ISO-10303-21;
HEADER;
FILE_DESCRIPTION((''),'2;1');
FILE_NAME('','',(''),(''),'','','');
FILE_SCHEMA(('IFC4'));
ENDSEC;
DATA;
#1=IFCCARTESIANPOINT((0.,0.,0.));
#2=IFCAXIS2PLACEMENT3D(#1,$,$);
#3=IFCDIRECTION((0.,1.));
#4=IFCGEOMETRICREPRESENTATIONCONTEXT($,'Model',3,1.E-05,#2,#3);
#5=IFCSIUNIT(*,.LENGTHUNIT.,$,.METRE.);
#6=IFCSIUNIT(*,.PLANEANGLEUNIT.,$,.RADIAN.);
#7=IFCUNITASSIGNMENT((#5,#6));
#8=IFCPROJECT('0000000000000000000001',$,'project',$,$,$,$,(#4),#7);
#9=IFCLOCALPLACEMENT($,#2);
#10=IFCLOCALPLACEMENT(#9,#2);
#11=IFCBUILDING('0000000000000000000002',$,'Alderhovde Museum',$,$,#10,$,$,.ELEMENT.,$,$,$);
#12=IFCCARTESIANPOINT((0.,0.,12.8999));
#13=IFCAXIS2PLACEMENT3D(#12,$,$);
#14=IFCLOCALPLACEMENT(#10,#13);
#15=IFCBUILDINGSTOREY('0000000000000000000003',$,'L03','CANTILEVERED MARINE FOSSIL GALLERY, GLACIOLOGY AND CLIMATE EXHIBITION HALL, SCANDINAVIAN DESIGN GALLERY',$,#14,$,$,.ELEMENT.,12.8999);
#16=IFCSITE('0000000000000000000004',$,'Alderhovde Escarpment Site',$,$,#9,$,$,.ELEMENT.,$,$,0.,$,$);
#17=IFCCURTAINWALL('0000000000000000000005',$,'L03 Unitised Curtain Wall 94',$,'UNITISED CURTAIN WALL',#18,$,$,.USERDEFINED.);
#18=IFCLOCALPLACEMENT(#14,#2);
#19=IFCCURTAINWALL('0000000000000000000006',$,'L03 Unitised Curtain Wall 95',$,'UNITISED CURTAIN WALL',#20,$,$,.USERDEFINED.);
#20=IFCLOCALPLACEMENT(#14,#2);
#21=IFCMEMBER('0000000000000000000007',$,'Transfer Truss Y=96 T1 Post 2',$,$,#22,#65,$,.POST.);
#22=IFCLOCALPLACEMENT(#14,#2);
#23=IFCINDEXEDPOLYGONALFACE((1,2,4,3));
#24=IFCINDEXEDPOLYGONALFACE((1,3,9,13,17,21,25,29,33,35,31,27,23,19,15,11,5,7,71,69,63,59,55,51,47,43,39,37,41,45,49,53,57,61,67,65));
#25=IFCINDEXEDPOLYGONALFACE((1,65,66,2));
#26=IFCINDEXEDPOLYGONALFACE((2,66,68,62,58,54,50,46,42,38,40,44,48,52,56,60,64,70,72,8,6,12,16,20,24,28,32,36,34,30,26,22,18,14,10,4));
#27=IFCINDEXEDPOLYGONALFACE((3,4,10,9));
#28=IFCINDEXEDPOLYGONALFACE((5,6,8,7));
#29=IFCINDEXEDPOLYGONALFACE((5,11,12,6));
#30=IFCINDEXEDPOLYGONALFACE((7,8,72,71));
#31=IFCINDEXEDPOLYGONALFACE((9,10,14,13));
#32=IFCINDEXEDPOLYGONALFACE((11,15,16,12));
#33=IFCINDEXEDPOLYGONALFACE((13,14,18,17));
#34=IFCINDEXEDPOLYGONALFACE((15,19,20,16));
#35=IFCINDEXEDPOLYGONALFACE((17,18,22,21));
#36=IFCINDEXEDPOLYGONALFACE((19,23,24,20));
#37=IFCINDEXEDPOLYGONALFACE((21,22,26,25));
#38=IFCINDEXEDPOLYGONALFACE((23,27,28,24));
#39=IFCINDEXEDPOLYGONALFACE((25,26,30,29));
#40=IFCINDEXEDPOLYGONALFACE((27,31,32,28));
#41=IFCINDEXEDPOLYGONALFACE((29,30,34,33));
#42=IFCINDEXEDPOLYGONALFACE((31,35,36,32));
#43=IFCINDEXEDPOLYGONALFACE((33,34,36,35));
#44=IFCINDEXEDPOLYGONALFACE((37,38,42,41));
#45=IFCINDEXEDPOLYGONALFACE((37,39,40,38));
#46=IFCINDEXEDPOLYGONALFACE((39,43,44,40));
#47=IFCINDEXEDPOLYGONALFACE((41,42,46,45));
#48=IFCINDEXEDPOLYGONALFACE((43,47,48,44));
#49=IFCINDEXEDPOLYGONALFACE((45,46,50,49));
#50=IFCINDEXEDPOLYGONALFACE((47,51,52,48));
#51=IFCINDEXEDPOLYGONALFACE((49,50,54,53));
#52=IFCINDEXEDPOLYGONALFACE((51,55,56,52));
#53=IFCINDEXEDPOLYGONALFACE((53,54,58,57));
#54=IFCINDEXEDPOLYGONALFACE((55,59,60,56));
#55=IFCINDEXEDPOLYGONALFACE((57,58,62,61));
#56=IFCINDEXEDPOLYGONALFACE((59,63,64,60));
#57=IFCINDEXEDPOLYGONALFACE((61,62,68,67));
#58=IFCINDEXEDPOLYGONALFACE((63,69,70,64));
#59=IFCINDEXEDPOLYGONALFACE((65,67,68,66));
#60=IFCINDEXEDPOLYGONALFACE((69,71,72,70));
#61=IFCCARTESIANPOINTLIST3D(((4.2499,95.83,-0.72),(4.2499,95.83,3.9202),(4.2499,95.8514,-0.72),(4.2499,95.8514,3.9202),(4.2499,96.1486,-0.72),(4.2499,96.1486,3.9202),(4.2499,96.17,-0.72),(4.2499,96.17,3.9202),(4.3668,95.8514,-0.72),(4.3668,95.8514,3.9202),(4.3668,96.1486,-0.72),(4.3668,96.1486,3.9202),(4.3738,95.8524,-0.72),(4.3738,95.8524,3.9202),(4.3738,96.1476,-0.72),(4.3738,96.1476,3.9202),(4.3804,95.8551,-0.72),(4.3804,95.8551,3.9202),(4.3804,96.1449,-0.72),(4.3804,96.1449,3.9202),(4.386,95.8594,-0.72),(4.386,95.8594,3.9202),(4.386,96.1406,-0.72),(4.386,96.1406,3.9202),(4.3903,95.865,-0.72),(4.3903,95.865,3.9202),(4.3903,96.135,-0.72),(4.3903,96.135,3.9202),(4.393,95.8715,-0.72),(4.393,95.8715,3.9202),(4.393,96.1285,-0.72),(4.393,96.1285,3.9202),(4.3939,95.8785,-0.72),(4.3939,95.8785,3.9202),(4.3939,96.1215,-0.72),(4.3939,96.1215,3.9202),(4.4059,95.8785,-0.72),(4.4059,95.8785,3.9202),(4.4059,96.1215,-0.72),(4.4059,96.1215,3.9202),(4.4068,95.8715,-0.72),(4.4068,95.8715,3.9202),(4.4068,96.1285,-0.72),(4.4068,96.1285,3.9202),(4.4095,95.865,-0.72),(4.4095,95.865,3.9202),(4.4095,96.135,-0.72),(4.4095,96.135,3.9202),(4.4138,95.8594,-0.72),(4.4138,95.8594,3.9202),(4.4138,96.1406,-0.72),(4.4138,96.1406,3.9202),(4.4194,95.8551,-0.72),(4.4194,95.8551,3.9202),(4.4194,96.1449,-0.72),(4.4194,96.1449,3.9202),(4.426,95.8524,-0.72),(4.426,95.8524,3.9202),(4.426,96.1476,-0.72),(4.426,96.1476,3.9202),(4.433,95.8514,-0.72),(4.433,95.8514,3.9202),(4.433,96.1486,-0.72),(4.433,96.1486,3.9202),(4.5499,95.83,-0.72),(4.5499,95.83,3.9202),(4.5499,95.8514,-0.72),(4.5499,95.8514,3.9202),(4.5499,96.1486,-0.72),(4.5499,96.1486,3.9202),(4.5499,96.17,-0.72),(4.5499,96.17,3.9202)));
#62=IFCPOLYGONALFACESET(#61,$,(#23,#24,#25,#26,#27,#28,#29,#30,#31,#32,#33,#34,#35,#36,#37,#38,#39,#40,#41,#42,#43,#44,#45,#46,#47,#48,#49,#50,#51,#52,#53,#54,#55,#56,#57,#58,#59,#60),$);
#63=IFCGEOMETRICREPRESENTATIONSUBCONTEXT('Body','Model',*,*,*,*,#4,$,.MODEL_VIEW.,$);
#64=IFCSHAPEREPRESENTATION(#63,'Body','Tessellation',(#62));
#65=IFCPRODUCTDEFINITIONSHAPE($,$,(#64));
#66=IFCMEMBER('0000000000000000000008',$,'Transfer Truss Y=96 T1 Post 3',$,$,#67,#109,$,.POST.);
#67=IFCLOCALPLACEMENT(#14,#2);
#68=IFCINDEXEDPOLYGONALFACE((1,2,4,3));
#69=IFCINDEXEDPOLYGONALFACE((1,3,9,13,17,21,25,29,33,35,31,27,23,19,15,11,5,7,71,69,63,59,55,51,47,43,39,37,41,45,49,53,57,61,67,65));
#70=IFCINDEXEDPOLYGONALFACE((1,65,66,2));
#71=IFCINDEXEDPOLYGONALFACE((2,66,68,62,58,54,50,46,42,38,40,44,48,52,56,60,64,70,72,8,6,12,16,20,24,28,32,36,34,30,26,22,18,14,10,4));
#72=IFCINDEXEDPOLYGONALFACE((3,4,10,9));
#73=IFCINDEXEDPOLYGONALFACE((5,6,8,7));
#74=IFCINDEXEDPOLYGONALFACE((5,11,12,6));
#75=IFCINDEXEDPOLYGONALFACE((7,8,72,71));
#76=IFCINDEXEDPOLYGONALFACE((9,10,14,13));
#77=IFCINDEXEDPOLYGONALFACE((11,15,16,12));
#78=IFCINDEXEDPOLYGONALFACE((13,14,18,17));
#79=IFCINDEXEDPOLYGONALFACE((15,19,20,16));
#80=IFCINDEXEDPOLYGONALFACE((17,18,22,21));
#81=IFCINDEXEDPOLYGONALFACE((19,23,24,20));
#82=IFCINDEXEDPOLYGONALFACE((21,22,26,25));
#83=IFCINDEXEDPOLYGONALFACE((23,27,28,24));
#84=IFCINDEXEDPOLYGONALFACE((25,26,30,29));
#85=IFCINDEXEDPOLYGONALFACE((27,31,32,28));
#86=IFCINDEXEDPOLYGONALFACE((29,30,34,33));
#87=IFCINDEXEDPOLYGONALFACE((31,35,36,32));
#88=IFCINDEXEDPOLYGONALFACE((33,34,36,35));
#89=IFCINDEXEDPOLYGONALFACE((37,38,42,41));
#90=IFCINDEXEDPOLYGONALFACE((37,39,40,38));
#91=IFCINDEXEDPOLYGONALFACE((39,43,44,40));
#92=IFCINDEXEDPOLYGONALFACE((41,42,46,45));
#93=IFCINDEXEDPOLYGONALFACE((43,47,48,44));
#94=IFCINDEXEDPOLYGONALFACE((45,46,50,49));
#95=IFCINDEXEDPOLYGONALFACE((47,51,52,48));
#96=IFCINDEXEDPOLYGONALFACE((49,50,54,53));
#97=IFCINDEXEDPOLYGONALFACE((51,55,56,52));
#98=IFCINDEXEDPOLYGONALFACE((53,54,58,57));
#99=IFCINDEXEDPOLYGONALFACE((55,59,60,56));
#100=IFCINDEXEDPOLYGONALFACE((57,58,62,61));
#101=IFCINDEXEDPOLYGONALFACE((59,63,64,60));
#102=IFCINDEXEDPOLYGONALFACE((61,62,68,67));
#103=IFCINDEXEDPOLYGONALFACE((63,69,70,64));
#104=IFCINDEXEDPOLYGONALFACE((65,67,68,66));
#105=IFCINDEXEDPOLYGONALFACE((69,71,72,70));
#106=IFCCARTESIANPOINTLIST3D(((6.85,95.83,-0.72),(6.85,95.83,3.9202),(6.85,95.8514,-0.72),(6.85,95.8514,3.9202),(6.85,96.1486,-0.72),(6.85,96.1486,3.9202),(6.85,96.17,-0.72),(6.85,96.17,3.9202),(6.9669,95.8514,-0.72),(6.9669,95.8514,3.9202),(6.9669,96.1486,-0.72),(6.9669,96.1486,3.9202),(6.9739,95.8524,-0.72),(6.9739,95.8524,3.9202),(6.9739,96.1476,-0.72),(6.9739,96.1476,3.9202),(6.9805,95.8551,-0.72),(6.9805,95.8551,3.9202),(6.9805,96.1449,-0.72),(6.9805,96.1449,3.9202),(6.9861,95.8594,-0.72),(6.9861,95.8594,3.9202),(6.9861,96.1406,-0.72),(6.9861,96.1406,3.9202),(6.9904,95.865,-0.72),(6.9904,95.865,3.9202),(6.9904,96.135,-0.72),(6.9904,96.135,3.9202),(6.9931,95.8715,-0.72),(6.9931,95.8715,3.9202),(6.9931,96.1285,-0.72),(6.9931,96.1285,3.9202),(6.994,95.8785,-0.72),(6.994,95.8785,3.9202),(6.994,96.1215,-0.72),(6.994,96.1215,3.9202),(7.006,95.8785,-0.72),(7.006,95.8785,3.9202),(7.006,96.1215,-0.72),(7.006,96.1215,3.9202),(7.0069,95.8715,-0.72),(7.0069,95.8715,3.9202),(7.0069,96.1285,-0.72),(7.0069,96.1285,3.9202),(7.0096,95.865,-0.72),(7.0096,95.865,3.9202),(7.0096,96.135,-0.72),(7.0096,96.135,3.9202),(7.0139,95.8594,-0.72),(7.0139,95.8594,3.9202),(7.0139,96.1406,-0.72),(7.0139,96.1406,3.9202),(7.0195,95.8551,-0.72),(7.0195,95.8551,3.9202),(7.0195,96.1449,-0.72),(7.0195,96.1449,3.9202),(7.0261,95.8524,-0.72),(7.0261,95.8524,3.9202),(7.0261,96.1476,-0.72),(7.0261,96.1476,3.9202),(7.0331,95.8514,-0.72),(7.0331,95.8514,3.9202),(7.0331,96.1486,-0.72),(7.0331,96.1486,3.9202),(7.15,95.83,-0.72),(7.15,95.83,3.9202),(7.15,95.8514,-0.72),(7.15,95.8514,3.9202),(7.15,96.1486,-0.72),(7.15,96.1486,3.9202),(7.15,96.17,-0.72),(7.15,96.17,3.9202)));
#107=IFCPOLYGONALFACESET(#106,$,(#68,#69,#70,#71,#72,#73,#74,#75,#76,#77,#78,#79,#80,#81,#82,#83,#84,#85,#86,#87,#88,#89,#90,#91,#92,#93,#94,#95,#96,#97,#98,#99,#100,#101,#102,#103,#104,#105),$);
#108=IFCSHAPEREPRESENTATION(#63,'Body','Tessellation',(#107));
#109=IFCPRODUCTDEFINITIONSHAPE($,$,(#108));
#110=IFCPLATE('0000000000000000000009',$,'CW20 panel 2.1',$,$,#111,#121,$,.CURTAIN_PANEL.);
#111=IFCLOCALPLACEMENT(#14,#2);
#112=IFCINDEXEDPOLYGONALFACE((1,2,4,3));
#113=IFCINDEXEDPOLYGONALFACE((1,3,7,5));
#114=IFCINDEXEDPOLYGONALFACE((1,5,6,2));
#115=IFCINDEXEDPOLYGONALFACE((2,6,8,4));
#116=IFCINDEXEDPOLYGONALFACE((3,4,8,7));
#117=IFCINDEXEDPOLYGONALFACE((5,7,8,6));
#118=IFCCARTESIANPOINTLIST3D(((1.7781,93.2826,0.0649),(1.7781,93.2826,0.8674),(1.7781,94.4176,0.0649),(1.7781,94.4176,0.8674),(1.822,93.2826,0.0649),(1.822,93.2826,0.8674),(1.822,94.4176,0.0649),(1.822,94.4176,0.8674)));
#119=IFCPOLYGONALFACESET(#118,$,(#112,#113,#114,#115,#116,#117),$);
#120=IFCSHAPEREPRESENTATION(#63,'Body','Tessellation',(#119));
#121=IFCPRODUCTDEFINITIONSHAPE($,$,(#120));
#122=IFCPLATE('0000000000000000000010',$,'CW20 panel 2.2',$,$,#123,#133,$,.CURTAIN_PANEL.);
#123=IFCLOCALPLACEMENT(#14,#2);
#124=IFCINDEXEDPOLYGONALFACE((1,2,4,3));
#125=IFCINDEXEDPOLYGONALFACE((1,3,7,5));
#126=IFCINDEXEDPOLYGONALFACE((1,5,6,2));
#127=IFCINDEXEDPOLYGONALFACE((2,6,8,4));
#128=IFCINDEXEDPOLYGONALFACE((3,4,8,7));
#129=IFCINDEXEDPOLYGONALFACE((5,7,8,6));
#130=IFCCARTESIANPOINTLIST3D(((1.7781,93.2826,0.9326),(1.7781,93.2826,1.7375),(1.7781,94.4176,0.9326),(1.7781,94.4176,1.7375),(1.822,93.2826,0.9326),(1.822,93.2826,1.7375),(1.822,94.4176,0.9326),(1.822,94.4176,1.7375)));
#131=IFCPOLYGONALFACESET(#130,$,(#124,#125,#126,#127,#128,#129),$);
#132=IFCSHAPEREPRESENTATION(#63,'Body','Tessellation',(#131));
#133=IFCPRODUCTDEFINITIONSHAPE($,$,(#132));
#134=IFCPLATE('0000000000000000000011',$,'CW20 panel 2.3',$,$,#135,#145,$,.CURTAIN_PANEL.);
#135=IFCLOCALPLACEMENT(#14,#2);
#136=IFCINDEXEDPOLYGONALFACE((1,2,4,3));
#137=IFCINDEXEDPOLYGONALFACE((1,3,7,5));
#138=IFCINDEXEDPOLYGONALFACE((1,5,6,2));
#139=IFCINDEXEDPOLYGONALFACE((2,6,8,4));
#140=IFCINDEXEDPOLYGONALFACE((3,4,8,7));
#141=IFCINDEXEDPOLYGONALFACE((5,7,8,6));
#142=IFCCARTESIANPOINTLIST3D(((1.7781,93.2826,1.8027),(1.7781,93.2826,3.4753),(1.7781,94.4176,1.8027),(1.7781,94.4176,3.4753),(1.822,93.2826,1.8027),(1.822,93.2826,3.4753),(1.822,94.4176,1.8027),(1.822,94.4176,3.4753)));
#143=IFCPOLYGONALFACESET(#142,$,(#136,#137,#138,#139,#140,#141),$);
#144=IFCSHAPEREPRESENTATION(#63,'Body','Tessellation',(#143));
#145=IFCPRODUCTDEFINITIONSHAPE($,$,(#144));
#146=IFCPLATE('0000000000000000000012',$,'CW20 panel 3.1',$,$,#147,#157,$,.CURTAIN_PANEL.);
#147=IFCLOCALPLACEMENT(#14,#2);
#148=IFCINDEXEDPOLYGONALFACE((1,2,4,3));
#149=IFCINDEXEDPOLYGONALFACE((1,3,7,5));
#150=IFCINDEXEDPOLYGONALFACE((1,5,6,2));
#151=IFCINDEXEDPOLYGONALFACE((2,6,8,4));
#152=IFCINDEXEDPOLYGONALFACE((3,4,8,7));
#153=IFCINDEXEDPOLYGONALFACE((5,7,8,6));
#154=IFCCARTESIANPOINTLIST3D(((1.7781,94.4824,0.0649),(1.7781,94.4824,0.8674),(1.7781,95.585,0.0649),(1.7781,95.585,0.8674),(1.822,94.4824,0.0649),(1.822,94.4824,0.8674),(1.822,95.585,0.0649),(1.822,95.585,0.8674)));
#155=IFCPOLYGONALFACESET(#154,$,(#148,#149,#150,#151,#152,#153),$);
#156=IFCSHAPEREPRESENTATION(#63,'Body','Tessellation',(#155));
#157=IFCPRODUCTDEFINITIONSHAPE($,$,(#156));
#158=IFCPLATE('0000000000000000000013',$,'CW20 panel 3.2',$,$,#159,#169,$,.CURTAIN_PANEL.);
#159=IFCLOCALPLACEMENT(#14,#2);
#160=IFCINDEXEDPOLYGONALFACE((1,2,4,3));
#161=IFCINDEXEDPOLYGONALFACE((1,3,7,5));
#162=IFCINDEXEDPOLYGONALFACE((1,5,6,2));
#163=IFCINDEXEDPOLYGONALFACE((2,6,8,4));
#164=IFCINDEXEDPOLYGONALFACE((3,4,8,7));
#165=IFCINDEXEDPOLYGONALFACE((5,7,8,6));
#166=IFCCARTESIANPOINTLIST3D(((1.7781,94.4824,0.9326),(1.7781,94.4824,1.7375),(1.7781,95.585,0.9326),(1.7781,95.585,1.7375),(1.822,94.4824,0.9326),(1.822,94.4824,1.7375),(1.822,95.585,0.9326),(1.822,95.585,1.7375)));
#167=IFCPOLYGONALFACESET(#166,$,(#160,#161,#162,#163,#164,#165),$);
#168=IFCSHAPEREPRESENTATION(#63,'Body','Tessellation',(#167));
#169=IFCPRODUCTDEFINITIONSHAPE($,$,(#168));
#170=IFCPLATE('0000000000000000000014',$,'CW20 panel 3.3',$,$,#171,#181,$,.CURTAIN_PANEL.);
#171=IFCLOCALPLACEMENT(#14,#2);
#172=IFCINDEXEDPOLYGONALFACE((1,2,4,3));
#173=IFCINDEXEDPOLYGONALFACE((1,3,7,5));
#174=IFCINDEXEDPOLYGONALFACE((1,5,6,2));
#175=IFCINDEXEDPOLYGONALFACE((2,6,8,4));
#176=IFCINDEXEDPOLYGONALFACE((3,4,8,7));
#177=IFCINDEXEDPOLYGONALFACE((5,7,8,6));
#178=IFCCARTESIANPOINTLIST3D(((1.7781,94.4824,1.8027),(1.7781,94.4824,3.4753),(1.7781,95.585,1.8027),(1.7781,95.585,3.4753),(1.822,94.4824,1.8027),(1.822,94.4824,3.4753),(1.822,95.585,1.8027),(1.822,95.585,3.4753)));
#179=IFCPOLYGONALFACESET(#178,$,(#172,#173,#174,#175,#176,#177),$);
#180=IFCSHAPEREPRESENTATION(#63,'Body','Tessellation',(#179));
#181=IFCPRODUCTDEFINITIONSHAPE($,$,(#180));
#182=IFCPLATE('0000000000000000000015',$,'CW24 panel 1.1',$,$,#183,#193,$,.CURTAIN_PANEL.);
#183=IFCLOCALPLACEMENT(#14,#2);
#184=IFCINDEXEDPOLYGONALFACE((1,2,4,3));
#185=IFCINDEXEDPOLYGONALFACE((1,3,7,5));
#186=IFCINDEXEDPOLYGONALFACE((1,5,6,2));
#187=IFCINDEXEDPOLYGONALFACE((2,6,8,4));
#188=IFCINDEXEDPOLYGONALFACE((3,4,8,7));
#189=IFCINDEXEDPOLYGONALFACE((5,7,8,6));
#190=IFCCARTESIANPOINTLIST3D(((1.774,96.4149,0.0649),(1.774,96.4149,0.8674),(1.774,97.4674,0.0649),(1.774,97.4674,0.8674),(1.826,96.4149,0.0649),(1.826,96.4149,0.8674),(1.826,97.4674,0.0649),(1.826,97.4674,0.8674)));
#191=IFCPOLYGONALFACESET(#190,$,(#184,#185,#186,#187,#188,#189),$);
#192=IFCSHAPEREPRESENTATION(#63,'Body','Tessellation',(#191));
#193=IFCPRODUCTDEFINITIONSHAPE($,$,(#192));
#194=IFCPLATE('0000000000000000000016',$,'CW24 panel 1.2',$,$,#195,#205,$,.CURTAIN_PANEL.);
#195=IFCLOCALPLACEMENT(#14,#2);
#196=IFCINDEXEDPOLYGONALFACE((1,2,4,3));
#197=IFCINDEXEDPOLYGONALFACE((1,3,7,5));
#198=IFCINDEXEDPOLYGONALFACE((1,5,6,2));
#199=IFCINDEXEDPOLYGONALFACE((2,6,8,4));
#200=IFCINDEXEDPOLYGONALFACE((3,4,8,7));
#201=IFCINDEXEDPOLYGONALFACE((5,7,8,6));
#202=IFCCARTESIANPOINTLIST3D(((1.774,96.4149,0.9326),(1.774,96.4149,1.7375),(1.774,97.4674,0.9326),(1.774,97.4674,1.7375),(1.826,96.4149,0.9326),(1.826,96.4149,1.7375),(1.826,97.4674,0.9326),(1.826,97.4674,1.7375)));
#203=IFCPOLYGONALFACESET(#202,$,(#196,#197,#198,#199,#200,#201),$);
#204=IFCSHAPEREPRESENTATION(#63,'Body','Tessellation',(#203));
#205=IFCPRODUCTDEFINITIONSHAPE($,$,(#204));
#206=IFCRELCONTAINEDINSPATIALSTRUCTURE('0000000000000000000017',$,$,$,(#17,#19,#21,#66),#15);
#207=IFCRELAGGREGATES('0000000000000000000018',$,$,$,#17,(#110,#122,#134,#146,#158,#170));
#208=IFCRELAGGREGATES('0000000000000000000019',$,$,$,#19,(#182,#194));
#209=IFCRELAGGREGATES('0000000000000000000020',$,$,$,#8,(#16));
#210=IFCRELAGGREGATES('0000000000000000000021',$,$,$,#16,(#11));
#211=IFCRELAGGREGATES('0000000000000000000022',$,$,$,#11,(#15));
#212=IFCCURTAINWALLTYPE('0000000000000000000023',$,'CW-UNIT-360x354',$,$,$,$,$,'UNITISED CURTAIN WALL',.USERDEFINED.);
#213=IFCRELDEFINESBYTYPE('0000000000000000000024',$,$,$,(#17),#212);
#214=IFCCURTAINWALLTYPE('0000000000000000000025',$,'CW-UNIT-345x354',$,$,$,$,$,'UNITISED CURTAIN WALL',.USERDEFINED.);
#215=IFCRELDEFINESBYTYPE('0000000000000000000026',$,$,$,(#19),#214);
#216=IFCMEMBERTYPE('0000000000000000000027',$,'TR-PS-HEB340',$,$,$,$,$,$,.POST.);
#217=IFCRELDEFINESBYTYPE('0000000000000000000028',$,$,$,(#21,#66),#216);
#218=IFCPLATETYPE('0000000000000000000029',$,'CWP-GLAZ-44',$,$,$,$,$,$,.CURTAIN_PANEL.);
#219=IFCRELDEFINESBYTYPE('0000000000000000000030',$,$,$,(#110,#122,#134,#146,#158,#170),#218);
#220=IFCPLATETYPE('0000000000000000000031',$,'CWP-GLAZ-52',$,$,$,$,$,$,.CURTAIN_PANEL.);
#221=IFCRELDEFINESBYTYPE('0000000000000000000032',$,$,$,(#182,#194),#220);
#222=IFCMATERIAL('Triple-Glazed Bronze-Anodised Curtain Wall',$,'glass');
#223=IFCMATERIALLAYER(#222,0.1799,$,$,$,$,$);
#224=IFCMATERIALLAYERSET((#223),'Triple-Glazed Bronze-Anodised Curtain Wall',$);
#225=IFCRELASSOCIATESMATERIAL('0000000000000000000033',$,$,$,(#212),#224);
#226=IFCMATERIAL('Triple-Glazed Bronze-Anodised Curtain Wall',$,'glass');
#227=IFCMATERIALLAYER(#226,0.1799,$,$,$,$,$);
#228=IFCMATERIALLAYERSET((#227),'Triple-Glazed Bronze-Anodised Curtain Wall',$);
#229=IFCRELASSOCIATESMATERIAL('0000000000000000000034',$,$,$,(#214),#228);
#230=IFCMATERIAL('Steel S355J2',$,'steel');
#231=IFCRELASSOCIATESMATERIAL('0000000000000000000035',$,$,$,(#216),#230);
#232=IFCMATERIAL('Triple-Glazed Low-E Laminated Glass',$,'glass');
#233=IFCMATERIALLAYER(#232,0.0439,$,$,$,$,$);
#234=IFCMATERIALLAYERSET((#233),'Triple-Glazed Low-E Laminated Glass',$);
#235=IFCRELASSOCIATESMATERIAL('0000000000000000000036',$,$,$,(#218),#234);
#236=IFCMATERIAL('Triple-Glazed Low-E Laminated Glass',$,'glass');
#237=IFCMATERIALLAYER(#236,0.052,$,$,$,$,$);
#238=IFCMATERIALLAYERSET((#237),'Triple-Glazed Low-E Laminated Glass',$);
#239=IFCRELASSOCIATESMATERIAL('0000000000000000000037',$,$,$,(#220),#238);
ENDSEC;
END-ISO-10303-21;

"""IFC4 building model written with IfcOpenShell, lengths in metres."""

from ifc_helpers import new_model, si_unit, direction, frame, origin, origin_2d, place, context, subcontext, project, spatial, rectangle, i_section, extrude, material, layer, layer_set, material_profile, profile_set, type_object, element, aggregate, save


model = new_model("IFC4")

# Units and contexts
model_context = context("Model", 3, precision=1e-05, world=origin(), true_north=direction((0.0, 1.0)))
body_context = subcontext(model_context, "Body", "Model", "MODEL_VIEW")
ifc_project = project(units=[si_unit("LENGTHUNIT", "METRE"), si_unit("PLANEANGLEUNIT", "RADIAN")], contexts=[model_context])

# Site, building, storey
site_placement = place(None, origin())
site = spatial("IfcSite", under=ifc_project, at=site_placement, Name="Alderhovde Escarpment Site", CompositionType="ELEMENT", RefElevation=0.0)
building_placement = place(site_placement, origin())
building = spatial("IfcBuilding", under=site, at=building_placement, Name="Alderhovde Museum", CompositionType="ELEMENT")
storey_placement = place(building_placement, frame((0.0, 0.0, 12.8999)))
storey = spatial("IfcBuildingStorey", under=building, at=storey_placement, Name="L03", Description="CANTILEVERED MARINE FOSSIL GALLERY, GLACIOLOGY AND CLIMATE EXHIBITION HALL, SCANDINAVIAN DESIGN GALLERY", CompositionType="ELEMENT", Elevation=12.8999)

# Curtain wall
ifc_material_1 = material(Name="Triple-Glazed Bronze-Anodised Curtain Wall", Category="glass")
ifc_layer_1 = layer(ifc_material_1, 0.1799)
ifc_layer_set_1 = layer_set([ifc_layer_1], Name="Triple-Glazed Bronze-Anodised Curtain Wall")
curtain_wall_type_1 = type_object("IfcCurtainWallType", Name="CW-UNIT-360x354", ElementType="UNITISED CURTAIN WALL", PredefinedType="USERDEFINED", material=ifc_layer_set_1)
curtain_wall_1_placement = place(storey_placement, origin())
curtain_wall_1 = element("IfcCurtainWall", 1, at=curtain_wall_1_placement, inside=storey, type_object=curtain_wall_type_1, Name="L03 Unitised Curtain Wall 94", ObjectType="UNITISED CURTAIN WALL", PredefinedType="USERDEFINED")

# Curtain wall
ifc_material_2 = material(Name="Triple-Glazed Bronze-Anodised Curtain Wall", Category="glass")
ifc_layer_2 = layer(ifc_material_2, 0.1799)
ifc_layer_set_2 = layer_set([ifc_layer_2], Name="Triple-Glazed Bronze-Anodised Curtain Wall")
curtain_wall_type_2 = type_object("IfcCurtainWallType", Name="CW-UNIT-345x354", ElementType="UNITISED CURTAIN WALL", PredefinedType="USERDEFINED", material=ifc_layer_set_2)
curtain_wall_2_placement = place(storey_placement, origin())
curtain_wall_2 = element("IfcCurtainWall", 2, at=curtain_wall_2_placement, inside=storey, type_object=curtain_wall_type_2, Name="L03 Unitised Curtain Wall 95", ObjectType="UNITISED CURTAIN WALL", PredefinedType="USERDEFINED")

# Members
ifc_material_3 = material(Name="Steel S355J2", Category="steel")
ifc_material_profile_1 = material_profile(ifc_material_3, i_section(OverallWidth=0.3, OverallDepth=0.3401, WebThickness=0.012, FlangeThickness=0.0215, FilletRadius=0.0271, at=origin_2d()), Name="HEB 340")
ifc_profile_set_1 = profile_set([ifc_material_profile_1], Name="Steel S355J2")
member_type_1 = type_object("IfcMemberType", Name="TR-PS-HEB340", PredefinedType="POST", material=ifc_profile_set_1)
for number, where, z_axis, x_axis, name in (
    (3, (4.3999, 96.0, -0.72), (0.0, 0.0, 1.0), (1.0, 0.0, 0.0), "Transfer Truss Y=96 T1 Post 2"),
    (4, (7.0, 96.0, -0.72), (0.0, 0.0, 1.0), (1.0, 0.0, 0.0), "Transfer Truss Y=96 T1 Post 3"),
):
    element("IfcMember", number, at=place(storey_placement, frame(where, z_axis=z_axis, x_axis=x_axis)), inside=storey, type_object=member_type_1, Name=name, PredefinedType="POST", context=body_context, shape_type="SweptSolid", body=[
        extrude(i_section(OverallWidth=0.3, OverallDepth=0.3401, WebThickness=0.012, FlangeThickness=0.0215, FilletRadius=0.0271, at=origin_2d()), origin(), (0.0, 0.0, 1.0), 4.6401),
    ])

# Plates
ifc_material_4 = material(Name="Triple-Glazed Low-E Laminated Glass", Category="glass")
ifc_layer_3 = layer(ifc_material_4, 0.0439)
ifc_layer_set_3 = layer_set([ifc_layer_3], Name="Triple-Glazed Low-E Laminated Glass")
plate_type_1 = type_object("IfcPlateType", Name="CWP-GLAZ-44", PredefinedType="CURTAIN_PANEL", material=ifc_layer_set_3)
plate_1_placement = place(storey_placement, frame((1.8, 93.8501, 0.0649), z_axis=(0.0, 0.0, 1.0), x_axis=(0.0, 1.0, 0.0)))
plate_1 = element("IfcPlate", 5, at=plate_1_placement, type_object=plate_type_1, Name="CW20 panel 2.1", PredefinedType="CURTAIN_PANEL", context=body_context, shape_type="SweptSolid", body=[
    extrude(rectangle(XDim=1.135, YDim=0.0439, at=origin_2d()), origin(), (0.0, 0.0, 1.0), 0.8025),
])
plate_2_placement = place(storey_placement, frame((1.8, 93.8501, 0.9326), z_axis=(0.0, 0.0, 1.0), x_axis=(0.0, 1.0, 0.0)))
plate_2 = element("IfcPlate", 6, at=plate_2_placement, type_object=plate_type_1, Name="CW20 panel 2.2", PredefinedType="CURTAIN_PANEL", context=body_context, shape_type="SweptSolid", body=[
    extrude(rectangle(XDim=1.135, YDim=0.0439, at=origin_2d()), origin(), (0.0, 0.0, 1.0), 0.8049),
])
plate_3_placement = place(storey_placement, frame((1.8, 93.8501, 1.8027), z_axis=(0.0, 0.0, 1.0), x_axis=(0.0, 1.0, 0.0)))
plate_3 = element("IfcPlate", 7, at=plate_3_placement, type_object=plate_type_1, Name="CW20 panel 2.3", PredefinedType="CURTAIN_PANEL", context=body_context, shape_type="SweptSolid", body=[
    extrude(rectangle(XDim=1.135, YDim=0.0439, at=origin_2d()), origin(), (0.0, 0.0, 1.0), 1.6726),
])
plate_4_placement = place(storey_placement, frame((1.8, 95.0337, 0.0649), z_axis=(0.0, 0.0, 1.0), x_axis=(0.0, 1.0, 0.0)))
plate_4 = element("IfcPlate", 8, at=plate_4_placement, type_object=plate_type_1, Name="CW20 panel 3.1", PredefinedType="CURTAIN_PANEL", context=body_context, shape_type="SweptSolid", body=[
    extrude(rectangle(XDim=1.1025, YDim=0.0439, at=origin_2d()), origin(), (0.0, 0.0, 1.0), 0.8025),
])
plate_5_placement = place(storey_placement, frame((1.8, 95.0337, 0.9326), z_axis=(0.0, 0.0, 1.0), x_axis=(0.0, 1.0, 0.0)))
plate_5 = element("IfcPlate", 9, at=plate_5_placement, type_object=plate_type_1, Name="CW20 panel 3.2", PredefinedType="CURTAIN_PANEL", context=body_context, shape_type="SweptSolid", body=[
    extrude(rectangle(XDim=1.1025, YDim=0.0439, at=origin_2d()), origin(), (0.0, 0.0, 1.0), 0.8049),
])
plate_6_placement = place(storey_placement, frame((1.8, 95.0337, 1.8027), z_axis=(0.0, 0.0, 1.0), x_axis=(0.0, 1.0, 0.0)))
plate_6 = element("IfcPlate", 10, at=plate_6_placement, type_object=plate_type_1, Name="CW20 panel 3.3", PredefinedType="CURTAIN_PANEL", context=body_context, shape_type="SweptSolid", body=[
    extrude(rectangle(XDim=1.1025, YDim=0.0439, at=origin_2d()), origin(), (0.0, 0.0, 1.0), 1.6726),
])
aggregate(curtain_wall_1, [plate_1, plate_2, plate_3, plate_4, plate_5, plate_6])
ifc_material_5 = material(Name="Triple-Glazed Low-E Laminated Glass", Category="glass")
ifc_layer_4 = layer(ifc_material_5, 0.052)
ifc_layer_set_4 = layer_set([ifc_layer_4], Name="Triple-Glazed Low-E Laminated Glass")
plate_type_2 = type_object("IfcPlateType", Name="CWP-GLAZ-52", PredefinedType="CURTAIN_PANEL", material=ifc_layer_set_4)
plate_7_placement = place(storey_placement, frame((1.8, 96.9412, 0.0649), z_axis=(0.0, 0.0, 1.0), x_axis=(0.0, 1.0, 0.0)))
plate_7 = element("IfcPlate", 11, at=plate_7_placement, type_object=plate_type_2, Name="CW24 panel 1.1", PredefinedType="CURTAIN_PANEL", context=body_context, shape_type="SweptSolid", body=[
    extrude(rectangle(XDim=1.0525, YDim=0.052, at=origin_2d()), origin(), (0.0, 0.0, 1.0), 0.8025),
])
plate_8_placement = place(storey_placement, frame((1.8, 96.9412, 0.9326), z_axis=(0.0, 0.0, 1.0), x_axis=(0.0, 1.0, 0.0)))
plate_8 = element("IfcPlate", 12, at=plate_8_placement, type_object=plate_type_2, Name="CW24 panel 1.2", PredefinedType="CURTAIN_PANEL", context=body_context, shape_type="SweptSolid", body=[
    extrude(rectangle(XDim=1.0525, YDim=0.052, at=origin_2d()), origin(), (0.0, 0.0, 1.0), 0.8049),
])
aggregate(curtain_wall_2, [plate_7, plate_8])

save(model, "model.ifc")
